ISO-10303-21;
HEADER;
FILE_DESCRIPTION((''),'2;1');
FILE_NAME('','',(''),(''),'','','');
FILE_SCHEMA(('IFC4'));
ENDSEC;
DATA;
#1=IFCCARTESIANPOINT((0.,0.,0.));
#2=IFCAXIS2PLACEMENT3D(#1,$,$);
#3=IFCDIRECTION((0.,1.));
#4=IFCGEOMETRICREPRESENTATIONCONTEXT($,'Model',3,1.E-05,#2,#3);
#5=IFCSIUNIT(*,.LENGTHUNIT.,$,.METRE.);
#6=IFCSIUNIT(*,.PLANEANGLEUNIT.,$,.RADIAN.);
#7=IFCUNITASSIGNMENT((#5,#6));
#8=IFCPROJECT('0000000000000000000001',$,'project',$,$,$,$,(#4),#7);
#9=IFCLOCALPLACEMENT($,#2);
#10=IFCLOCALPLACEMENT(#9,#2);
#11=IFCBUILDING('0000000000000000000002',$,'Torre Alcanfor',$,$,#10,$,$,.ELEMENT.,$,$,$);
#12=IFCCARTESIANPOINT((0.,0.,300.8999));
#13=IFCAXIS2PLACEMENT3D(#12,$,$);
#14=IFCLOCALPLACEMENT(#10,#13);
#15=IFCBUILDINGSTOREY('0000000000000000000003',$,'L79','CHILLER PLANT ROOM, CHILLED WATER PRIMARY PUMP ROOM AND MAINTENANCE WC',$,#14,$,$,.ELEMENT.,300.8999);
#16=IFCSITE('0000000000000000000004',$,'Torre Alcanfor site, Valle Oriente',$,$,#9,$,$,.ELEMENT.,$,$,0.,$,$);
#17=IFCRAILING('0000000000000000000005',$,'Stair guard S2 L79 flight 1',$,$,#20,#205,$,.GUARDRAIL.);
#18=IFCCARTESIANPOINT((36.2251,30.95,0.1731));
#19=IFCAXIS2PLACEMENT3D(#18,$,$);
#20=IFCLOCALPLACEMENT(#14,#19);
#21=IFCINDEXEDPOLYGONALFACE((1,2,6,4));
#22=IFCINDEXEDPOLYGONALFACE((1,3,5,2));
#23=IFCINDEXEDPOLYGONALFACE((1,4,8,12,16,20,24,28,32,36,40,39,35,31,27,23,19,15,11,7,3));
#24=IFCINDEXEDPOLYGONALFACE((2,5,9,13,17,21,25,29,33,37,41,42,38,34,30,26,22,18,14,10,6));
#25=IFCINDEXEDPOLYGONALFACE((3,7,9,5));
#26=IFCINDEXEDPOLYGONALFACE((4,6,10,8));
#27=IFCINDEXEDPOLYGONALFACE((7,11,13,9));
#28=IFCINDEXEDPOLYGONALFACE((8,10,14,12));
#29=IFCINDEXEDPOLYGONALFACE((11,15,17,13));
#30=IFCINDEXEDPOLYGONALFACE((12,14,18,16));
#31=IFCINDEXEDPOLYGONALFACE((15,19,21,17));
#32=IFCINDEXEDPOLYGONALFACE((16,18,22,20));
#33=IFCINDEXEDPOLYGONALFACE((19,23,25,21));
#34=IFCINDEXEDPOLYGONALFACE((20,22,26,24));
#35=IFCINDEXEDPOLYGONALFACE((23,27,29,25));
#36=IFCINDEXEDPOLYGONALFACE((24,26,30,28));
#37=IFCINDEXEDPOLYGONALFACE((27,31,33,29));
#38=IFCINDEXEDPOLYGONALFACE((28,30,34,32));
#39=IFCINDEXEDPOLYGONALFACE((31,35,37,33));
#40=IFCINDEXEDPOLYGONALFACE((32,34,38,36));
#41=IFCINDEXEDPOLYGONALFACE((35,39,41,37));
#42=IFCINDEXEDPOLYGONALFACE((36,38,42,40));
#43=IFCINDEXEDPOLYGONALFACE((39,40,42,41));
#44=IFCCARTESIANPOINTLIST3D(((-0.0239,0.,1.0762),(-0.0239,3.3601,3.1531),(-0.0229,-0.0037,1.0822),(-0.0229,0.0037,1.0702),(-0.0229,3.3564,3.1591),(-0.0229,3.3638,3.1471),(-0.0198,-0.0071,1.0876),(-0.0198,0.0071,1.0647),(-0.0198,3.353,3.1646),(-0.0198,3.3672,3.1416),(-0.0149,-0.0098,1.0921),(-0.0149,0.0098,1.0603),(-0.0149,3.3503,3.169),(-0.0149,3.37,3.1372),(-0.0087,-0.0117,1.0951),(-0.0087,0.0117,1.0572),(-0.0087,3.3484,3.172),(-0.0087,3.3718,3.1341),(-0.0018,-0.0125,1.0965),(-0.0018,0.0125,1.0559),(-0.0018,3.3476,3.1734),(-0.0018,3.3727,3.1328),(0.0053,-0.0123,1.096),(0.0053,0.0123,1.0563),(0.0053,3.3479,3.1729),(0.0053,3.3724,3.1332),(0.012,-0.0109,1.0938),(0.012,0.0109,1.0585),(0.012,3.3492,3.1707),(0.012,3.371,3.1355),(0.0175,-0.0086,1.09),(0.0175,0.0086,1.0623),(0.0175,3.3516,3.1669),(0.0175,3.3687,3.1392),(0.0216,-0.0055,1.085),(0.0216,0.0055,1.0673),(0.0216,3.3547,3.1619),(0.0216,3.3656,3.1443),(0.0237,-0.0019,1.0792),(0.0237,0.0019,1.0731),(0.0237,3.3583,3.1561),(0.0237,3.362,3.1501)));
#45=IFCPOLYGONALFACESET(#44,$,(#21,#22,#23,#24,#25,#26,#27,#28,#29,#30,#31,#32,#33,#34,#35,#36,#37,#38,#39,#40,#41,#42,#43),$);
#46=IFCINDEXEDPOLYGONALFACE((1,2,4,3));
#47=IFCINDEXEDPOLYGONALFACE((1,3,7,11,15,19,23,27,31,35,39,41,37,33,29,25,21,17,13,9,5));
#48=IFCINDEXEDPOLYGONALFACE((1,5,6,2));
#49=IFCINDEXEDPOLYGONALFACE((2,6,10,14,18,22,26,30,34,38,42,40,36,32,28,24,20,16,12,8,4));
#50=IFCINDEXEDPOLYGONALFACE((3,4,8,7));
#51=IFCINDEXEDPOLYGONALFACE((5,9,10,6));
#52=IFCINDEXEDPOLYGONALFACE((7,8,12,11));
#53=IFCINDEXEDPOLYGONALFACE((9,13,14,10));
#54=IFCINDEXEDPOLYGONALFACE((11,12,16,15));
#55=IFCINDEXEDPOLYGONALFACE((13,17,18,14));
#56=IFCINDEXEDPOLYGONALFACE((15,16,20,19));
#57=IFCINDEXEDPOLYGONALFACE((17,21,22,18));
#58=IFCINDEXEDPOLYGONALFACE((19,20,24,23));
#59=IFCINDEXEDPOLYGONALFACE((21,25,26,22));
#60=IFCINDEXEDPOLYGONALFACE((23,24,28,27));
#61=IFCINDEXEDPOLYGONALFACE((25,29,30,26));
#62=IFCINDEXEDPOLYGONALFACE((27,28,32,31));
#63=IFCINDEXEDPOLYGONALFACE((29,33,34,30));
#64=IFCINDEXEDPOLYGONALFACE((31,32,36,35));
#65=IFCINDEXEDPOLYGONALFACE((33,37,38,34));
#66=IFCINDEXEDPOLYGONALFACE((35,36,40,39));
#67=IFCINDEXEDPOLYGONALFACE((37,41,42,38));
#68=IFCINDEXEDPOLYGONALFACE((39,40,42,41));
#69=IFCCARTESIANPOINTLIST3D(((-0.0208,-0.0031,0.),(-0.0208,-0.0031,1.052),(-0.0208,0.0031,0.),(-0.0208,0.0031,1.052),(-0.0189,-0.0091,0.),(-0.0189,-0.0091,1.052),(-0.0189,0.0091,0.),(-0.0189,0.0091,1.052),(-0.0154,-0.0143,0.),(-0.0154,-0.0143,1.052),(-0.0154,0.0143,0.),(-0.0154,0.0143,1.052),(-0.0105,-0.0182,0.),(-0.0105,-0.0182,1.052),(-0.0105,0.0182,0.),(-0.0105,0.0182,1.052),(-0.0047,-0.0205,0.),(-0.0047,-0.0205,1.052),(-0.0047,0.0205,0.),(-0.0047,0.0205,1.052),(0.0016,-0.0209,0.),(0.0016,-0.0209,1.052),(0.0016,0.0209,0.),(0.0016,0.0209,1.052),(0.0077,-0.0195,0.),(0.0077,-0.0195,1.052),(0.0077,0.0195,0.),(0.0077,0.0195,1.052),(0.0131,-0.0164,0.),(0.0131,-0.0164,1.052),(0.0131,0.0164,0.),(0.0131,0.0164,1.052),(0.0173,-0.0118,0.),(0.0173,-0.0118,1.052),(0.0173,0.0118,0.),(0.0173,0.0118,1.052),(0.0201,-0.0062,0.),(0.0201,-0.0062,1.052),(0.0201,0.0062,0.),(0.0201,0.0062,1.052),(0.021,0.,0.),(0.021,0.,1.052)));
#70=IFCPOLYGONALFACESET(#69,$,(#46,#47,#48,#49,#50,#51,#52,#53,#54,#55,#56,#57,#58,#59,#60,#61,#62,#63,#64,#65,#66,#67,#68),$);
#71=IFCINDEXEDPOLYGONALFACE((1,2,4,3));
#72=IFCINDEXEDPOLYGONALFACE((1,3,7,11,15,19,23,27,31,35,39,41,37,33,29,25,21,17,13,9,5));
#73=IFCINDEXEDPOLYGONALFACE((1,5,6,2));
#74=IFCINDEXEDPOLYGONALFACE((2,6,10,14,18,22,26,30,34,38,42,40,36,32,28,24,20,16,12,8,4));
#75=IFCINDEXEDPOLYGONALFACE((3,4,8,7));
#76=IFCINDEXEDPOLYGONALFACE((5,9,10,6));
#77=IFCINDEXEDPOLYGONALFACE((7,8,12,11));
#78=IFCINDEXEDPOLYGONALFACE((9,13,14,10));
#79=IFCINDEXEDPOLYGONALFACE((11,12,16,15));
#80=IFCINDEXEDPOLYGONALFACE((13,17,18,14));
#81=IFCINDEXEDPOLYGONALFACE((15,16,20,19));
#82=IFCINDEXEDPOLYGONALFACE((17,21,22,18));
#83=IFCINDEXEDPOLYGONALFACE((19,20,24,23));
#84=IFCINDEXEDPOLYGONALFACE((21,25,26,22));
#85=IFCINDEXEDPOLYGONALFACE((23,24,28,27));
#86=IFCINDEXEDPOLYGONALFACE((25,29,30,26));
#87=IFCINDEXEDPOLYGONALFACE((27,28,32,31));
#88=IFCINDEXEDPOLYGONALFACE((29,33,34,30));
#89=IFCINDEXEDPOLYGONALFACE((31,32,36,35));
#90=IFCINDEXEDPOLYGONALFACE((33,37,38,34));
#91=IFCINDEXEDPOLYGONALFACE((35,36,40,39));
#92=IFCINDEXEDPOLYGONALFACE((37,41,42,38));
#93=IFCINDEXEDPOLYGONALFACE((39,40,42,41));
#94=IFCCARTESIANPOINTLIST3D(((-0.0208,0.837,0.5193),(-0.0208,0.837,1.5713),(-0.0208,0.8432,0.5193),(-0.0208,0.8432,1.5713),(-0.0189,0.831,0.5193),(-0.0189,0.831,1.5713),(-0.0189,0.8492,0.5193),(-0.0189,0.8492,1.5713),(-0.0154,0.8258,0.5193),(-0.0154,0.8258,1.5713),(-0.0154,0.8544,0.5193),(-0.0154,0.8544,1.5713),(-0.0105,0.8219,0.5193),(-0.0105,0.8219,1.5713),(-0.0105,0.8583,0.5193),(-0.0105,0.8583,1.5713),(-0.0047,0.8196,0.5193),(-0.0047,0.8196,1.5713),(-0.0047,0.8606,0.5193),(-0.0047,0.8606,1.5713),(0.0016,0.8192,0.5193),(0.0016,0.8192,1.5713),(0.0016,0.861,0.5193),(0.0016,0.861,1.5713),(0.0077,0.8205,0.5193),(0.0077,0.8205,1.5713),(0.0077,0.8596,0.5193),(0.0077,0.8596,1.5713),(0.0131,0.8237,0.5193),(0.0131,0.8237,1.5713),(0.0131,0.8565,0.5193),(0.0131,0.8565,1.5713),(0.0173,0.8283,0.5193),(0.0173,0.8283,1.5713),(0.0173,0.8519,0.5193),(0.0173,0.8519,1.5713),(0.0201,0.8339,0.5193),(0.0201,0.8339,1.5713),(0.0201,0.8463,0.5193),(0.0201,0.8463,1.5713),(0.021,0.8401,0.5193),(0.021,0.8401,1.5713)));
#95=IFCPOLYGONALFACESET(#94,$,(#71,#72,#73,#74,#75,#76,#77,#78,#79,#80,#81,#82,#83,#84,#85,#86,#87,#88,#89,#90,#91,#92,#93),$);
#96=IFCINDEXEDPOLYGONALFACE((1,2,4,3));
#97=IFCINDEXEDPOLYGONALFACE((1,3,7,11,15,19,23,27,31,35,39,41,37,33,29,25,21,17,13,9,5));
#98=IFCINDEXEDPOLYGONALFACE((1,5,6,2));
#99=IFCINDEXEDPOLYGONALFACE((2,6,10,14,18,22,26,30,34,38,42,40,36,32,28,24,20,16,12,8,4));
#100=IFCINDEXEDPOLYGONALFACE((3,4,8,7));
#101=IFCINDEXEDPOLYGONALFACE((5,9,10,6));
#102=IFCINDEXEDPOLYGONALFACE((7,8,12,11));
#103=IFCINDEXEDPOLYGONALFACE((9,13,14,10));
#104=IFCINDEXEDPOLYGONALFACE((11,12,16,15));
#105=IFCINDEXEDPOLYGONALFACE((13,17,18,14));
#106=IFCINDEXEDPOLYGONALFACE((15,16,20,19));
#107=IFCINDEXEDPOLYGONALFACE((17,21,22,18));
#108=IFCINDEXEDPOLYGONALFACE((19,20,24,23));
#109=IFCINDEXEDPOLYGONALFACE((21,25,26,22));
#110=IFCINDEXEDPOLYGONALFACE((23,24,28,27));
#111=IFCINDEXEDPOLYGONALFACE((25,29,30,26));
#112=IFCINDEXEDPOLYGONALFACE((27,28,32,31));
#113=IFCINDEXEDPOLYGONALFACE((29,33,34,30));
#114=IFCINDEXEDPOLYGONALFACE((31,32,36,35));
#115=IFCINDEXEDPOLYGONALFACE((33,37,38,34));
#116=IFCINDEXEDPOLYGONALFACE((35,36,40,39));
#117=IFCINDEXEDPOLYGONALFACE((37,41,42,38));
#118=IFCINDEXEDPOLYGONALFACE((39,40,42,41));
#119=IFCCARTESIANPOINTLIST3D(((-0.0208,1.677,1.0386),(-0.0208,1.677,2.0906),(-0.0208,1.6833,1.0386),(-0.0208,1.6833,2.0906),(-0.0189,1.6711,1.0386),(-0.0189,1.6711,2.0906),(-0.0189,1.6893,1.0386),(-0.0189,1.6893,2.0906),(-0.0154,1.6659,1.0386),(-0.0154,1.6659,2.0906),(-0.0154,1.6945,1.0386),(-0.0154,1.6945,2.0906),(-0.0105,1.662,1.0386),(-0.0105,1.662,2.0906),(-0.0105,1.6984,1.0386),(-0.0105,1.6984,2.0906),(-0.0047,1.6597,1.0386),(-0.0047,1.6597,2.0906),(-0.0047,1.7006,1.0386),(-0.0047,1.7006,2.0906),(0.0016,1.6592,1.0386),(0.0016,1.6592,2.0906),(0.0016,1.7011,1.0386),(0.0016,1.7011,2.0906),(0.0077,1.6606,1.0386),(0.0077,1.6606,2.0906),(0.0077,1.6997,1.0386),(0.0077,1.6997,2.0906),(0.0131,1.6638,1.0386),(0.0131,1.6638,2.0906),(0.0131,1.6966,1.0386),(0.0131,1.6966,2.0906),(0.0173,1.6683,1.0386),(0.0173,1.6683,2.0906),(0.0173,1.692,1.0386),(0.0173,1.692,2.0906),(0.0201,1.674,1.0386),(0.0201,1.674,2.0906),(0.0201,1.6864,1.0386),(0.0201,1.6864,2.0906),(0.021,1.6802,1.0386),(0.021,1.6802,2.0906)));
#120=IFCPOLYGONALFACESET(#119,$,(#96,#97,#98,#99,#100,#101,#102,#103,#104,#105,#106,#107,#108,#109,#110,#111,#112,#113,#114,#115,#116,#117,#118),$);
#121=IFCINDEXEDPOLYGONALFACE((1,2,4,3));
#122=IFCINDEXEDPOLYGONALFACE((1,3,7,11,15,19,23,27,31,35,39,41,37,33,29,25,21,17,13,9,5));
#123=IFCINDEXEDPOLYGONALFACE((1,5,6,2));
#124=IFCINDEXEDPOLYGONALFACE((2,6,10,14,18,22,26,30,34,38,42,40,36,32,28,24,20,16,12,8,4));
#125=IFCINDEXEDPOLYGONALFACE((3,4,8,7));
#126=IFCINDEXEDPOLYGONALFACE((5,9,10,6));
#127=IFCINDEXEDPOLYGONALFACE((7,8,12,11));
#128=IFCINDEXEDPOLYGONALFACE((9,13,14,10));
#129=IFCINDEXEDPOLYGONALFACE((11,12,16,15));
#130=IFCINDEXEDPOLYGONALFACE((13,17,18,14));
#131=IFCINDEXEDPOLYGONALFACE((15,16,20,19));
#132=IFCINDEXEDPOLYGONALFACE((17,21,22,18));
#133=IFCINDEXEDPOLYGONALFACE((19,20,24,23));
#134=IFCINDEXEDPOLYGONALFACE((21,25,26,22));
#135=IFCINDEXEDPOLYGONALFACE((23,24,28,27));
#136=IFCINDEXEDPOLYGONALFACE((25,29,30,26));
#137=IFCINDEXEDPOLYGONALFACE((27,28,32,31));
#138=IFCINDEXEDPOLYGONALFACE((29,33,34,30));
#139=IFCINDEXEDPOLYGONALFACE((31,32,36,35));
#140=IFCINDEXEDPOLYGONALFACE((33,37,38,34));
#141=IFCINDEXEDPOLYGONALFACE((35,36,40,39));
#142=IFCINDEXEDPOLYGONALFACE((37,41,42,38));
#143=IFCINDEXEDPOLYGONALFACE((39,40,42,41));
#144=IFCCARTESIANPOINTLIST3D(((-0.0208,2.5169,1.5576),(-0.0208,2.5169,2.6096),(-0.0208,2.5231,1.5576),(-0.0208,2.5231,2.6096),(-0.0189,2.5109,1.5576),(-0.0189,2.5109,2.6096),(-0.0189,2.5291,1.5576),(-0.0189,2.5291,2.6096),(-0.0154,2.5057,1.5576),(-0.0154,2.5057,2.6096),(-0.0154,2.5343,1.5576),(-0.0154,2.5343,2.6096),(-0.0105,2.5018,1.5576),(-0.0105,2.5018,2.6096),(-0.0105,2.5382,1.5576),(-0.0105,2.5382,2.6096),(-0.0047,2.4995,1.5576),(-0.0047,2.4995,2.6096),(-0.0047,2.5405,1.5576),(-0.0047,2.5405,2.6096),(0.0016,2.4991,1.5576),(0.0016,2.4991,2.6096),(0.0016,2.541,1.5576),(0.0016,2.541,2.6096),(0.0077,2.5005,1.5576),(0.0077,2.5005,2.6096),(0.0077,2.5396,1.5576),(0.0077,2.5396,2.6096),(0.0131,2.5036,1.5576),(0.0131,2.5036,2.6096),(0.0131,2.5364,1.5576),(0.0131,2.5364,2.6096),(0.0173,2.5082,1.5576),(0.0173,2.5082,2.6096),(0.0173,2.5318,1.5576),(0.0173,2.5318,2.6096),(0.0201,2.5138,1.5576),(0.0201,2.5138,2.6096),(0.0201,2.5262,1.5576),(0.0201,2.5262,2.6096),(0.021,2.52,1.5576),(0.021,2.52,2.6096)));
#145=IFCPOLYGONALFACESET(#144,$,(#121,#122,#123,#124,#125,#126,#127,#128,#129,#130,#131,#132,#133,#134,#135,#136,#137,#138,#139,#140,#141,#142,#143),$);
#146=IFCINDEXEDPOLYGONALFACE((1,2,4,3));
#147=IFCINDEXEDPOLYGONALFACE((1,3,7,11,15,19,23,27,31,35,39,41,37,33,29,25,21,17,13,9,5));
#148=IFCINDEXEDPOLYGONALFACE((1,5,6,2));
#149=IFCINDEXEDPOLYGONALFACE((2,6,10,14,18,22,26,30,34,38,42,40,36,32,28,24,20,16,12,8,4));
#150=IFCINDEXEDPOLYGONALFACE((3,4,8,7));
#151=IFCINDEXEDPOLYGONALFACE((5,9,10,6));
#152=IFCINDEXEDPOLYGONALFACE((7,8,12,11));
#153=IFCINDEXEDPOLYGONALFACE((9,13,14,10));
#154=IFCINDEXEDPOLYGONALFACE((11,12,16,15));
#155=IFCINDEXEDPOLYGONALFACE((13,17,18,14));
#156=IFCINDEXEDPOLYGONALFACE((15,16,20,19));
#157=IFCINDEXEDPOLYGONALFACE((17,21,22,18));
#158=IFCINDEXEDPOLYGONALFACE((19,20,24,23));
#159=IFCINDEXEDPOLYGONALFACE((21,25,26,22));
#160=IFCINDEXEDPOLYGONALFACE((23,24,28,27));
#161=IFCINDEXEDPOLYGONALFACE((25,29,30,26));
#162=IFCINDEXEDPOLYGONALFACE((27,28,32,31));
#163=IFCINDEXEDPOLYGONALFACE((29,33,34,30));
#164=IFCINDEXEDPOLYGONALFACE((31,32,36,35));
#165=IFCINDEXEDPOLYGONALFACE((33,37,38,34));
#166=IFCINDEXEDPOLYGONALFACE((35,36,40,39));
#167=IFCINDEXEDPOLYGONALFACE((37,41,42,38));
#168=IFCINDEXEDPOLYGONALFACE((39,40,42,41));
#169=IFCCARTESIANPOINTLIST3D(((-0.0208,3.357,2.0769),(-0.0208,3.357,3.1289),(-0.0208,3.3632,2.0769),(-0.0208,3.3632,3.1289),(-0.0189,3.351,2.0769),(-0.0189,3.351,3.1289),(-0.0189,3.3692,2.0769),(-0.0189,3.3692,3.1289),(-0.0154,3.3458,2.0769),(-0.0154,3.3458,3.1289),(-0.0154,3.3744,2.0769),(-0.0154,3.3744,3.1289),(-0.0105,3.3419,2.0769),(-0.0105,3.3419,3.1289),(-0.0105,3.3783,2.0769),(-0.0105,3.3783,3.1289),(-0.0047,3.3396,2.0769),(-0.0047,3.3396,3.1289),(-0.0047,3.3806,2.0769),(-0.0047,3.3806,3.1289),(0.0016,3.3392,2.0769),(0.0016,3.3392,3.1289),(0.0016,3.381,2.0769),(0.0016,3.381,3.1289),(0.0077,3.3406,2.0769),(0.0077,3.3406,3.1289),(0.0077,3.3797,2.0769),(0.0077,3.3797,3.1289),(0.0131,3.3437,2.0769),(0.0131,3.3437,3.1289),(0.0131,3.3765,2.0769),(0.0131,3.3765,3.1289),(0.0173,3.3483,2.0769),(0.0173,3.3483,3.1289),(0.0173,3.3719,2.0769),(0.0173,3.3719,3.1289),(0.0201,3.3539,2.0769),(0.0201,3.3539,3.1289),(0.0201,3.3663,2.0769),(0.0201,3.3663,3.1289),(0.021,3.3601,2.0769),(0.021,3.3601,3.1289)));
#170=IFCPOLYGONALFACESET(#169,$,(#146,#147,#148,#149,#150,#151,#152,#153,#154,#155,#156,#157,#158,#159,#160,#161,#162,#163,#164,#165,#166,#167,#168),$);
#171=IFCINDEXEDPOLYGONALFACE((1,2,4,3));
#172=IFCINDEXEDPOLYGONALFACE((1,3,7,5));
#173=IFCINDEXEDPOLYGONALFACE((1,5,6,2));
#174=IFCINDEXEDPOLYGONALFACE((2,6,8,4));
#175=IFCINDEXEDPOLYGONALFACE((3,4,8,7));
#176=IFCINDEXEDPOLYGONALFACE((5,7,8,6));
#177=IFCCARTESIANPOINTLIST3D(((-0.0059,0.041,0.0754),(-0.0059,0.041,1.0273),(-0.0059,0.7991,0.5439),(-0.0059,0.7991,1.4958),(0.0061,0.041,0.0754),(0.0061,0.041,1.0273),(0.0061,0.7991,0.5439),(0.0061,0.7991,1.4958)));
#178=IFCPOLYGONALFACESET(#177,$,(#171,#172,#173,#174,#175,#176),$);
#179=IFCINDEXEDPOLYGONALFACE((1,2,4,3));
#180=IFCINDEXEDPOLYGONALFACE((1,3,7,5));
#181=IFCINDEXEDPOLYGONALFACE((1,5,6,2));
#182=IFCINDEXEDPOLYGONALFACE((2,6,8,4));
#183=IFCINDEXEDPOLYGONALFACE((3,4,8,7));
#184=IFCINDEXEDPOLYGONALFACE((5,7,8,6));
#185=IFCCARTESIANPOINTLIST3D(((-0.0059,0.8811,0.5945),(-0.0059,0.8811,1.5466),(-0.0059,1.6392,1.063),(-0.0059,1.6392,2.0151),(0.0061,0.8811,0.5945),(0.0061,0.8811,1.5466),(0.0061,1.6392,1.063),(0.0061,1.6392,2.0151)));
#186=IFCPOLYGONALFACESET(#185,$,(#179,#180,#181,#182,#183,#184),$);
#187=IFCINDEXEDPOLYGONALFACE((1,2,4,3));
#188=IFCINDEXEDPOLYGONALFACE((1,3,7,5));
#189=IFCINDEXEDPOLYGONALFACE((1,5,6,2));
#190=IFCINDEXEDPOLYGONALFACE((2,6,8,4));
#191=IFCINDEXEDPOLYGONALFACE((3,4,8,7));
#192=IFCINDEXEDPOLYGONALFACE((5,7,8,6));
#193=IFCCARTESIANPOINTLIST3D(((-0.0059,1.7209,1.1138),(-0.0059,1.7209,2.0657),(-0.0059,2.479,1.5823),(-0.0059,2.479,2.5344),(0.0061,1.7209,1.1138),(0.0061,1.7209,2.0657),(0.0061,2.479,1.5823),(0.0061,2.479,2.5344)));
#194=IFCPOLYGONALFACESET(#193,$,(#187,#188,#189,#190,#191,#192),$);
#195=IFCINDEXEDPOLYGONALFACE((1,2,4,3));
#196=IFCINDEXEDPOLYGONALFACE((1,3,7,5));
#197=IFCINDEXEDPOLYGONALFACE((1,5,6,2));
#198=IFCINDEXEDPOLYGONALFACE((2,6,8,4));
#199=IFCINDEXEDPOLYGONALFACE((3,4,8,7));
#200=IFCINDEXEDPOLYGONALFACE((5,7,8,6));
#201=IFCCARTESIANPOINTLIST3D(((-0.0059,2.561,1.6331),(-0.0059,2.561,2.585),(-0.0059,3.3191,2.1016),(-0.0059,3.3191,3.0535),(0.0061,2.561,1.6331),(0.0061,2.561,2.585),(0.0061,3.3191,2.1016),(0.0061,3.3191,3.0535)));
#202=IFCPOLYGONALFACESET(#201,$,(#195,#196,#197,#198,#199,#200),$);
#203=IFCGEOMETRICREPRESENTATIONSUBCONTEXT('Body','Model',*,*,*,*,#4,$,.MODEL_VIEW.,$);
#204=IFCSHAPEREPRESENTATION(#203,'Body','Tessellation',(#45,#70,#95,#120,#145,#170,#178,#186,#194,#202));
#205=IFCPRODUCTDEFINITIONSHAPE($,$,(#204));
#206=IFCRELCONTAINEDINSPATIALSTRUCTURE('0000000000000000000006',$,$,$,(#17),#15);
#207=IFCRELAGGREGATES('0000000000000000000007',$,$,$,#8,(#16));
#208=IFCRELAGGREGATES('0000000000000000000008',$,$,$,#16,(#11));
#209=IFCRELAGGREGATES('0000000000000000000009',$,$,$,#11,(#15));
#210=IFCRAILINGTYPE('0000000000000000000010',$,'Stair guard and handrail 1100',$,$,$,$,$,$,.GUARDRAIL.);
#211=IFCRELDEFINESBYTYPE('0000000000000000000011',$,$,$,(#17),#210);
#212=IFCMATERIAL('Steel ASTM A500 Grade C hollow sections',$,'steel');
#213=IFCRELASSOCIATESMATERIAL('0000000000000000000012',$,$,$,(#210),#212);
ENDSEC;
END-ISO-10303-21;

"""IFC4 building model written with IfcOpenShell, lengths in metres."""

from ifc_helpers import new_model, si_unit, direction, frame, origin, origin_2d, place, context, subcontext, project, spatial, polyline, circle, outline, extrude, material, type_object, element, save


model = new_model("IFC4")

# Units and contexts
model_context = context("Model", 3, precision=1e-05, world=origin(), true_north=direction((0.0, 1.0)))
body_context = subcontext(model_context, "Body", "Model", "MODEL_VIEW")
ifc_project = project(units=[si_unit("LENGTHUNIT", "METRE"), si_unit("PLANEANGLEUNIT", "RADIAN")], contexts=[model_context])

# Site, building, storey
site_placement = place(None, origin())
site = spatial("IfcSite", under=ifc_project, at=site_placement, Name="Torre Alcanfor site, Valle Oriente", CompositionType="ELEMENT", RefElevation=0.0)
building_placement = place(site_placement, origin())
building = spatial("IfcBuilding", under=site, at=building_placement, Name="Torre Alcanfor", CompositionType="ELEMENT")
storey_placement = place(building_placement, frame((0.0, 0.0, 300.8999)))
storey = spatial("IfcBuildingStorey", under=building, at=storey_placement, Name="L79", Description="CHILLER PLANT ROOM, CHILLED WATER PRIMARY PUMP ROOM AND MAINTENANCE WC", CompositionType="ELEMENT", Elevation=300.8999)

# Railing
ifc_material_1 = material(Name="Steel ASTM A500 Grade C hollow sections", Category="steel")
railing_type_1 = type_object("IfcRailingType", Name="Stair guard and handrail 1100", PredefinedType="GUARDRAIL", material=ifc_material_1)
railing_1_placement = place(storey_placement, frame((36.2251, 30.95, 0.1731)))
element("IfcRailing", 1, at=railing_1_placement, inside=storey, type_object=railing_type_1, Name="Stair guard S2 L79 flight 1", PredefinedType="GUARDRAIL", context=body_context, shape_type="SweptSolid", body=[
    extrude(circle(Radius=0.0239, at=origin_2d()), frame((0.0, 0.0, 1.0762), z_axis=(0.0, 0.850623, 0.525776), x_axis=(-1.0, 0.0, 0.0)), (0.0, 0.0, 1.0), 3.9502),
    extrude(circle(Radius=0.021, at=origin_2d()), origin(), (0.0, 0.0, 1.0), 1.052),
    extrude(circle(Radius=0.021, at=origin_2d()), frame((0.0, 0.8401, 0.5193)), (0.0, 0.0, 1.0), 1.052),
    extrude(circle(Radius=0.021, at=origin_2d()), frame((0.0, 1.6802, 1.0386)), (0.0, 0.0, 1.0), 1.052),
    extrude(circle(Radius=0.021, at=origin_2d()), frame((0.0, 2.52, 1.5576)), (0.0, 0.0, 1.0), 1.052),
    extrude(circle(Radius=0.021, at=origin_2d()), frame((0.0, 3.3601, 2.0769)), (0.0, 0.0, 1.0), 1.052),
    extrude(outline(polyline([(0.041, 0.0754), (0.7991, 0.5439), (0.7991, 1.4958), (0.041, 1.0273), (0.041, 0.0754)])), frame((-0.0059, 0.0, 0.0), z_axis=(1.0, 0.0, 0.0), x_axis=(0.0, 1.0, 0.0)), (0.0, 0.0, 1.0), 0.012),
    extrude(outline(polyline([(0.8811, 0.5945), (1.6392, 1.063), (1.6392, 2.0151), (0.8811, 1.5466), (0.8811, 0.5945)])), frame((-0.0059, 0.0, 0.0), z_axis=(1.0, 0.0, 0.0), x_axis=(0.0, 1.0, 0.0)), (0.0, 0.0, 1.0), 0.012),
    extrude(outline(polyline([(1.7209, 1.1138), (2.479, 1.5823), (2.479, 2.5344), (1.7209, 2.0657), (1.7209, 1.1138)])), frame((-0.0059, 0.0, 0.0), z_axis=(1.0, 0.0, 0.0), x_axis=(0.0, 1.0, 0.0)), (0.0, 0.0, 1.0), 0.012),
    extrude(outline(polyline([(2.561, 1.6331), (3.3191, 2.1016), (3.3191, 3.0535), (2.561, 2.585), (2.561, 1.6331)])), frame((-0.0059, 0.0, 0.0), z_axis=(1.0, 0.0, 0.0), x_axis=(0.0, 1.0, 0.0)), (0.0, 0.0, 1.0), 0.012),
])

save(model, "model.ifc")
